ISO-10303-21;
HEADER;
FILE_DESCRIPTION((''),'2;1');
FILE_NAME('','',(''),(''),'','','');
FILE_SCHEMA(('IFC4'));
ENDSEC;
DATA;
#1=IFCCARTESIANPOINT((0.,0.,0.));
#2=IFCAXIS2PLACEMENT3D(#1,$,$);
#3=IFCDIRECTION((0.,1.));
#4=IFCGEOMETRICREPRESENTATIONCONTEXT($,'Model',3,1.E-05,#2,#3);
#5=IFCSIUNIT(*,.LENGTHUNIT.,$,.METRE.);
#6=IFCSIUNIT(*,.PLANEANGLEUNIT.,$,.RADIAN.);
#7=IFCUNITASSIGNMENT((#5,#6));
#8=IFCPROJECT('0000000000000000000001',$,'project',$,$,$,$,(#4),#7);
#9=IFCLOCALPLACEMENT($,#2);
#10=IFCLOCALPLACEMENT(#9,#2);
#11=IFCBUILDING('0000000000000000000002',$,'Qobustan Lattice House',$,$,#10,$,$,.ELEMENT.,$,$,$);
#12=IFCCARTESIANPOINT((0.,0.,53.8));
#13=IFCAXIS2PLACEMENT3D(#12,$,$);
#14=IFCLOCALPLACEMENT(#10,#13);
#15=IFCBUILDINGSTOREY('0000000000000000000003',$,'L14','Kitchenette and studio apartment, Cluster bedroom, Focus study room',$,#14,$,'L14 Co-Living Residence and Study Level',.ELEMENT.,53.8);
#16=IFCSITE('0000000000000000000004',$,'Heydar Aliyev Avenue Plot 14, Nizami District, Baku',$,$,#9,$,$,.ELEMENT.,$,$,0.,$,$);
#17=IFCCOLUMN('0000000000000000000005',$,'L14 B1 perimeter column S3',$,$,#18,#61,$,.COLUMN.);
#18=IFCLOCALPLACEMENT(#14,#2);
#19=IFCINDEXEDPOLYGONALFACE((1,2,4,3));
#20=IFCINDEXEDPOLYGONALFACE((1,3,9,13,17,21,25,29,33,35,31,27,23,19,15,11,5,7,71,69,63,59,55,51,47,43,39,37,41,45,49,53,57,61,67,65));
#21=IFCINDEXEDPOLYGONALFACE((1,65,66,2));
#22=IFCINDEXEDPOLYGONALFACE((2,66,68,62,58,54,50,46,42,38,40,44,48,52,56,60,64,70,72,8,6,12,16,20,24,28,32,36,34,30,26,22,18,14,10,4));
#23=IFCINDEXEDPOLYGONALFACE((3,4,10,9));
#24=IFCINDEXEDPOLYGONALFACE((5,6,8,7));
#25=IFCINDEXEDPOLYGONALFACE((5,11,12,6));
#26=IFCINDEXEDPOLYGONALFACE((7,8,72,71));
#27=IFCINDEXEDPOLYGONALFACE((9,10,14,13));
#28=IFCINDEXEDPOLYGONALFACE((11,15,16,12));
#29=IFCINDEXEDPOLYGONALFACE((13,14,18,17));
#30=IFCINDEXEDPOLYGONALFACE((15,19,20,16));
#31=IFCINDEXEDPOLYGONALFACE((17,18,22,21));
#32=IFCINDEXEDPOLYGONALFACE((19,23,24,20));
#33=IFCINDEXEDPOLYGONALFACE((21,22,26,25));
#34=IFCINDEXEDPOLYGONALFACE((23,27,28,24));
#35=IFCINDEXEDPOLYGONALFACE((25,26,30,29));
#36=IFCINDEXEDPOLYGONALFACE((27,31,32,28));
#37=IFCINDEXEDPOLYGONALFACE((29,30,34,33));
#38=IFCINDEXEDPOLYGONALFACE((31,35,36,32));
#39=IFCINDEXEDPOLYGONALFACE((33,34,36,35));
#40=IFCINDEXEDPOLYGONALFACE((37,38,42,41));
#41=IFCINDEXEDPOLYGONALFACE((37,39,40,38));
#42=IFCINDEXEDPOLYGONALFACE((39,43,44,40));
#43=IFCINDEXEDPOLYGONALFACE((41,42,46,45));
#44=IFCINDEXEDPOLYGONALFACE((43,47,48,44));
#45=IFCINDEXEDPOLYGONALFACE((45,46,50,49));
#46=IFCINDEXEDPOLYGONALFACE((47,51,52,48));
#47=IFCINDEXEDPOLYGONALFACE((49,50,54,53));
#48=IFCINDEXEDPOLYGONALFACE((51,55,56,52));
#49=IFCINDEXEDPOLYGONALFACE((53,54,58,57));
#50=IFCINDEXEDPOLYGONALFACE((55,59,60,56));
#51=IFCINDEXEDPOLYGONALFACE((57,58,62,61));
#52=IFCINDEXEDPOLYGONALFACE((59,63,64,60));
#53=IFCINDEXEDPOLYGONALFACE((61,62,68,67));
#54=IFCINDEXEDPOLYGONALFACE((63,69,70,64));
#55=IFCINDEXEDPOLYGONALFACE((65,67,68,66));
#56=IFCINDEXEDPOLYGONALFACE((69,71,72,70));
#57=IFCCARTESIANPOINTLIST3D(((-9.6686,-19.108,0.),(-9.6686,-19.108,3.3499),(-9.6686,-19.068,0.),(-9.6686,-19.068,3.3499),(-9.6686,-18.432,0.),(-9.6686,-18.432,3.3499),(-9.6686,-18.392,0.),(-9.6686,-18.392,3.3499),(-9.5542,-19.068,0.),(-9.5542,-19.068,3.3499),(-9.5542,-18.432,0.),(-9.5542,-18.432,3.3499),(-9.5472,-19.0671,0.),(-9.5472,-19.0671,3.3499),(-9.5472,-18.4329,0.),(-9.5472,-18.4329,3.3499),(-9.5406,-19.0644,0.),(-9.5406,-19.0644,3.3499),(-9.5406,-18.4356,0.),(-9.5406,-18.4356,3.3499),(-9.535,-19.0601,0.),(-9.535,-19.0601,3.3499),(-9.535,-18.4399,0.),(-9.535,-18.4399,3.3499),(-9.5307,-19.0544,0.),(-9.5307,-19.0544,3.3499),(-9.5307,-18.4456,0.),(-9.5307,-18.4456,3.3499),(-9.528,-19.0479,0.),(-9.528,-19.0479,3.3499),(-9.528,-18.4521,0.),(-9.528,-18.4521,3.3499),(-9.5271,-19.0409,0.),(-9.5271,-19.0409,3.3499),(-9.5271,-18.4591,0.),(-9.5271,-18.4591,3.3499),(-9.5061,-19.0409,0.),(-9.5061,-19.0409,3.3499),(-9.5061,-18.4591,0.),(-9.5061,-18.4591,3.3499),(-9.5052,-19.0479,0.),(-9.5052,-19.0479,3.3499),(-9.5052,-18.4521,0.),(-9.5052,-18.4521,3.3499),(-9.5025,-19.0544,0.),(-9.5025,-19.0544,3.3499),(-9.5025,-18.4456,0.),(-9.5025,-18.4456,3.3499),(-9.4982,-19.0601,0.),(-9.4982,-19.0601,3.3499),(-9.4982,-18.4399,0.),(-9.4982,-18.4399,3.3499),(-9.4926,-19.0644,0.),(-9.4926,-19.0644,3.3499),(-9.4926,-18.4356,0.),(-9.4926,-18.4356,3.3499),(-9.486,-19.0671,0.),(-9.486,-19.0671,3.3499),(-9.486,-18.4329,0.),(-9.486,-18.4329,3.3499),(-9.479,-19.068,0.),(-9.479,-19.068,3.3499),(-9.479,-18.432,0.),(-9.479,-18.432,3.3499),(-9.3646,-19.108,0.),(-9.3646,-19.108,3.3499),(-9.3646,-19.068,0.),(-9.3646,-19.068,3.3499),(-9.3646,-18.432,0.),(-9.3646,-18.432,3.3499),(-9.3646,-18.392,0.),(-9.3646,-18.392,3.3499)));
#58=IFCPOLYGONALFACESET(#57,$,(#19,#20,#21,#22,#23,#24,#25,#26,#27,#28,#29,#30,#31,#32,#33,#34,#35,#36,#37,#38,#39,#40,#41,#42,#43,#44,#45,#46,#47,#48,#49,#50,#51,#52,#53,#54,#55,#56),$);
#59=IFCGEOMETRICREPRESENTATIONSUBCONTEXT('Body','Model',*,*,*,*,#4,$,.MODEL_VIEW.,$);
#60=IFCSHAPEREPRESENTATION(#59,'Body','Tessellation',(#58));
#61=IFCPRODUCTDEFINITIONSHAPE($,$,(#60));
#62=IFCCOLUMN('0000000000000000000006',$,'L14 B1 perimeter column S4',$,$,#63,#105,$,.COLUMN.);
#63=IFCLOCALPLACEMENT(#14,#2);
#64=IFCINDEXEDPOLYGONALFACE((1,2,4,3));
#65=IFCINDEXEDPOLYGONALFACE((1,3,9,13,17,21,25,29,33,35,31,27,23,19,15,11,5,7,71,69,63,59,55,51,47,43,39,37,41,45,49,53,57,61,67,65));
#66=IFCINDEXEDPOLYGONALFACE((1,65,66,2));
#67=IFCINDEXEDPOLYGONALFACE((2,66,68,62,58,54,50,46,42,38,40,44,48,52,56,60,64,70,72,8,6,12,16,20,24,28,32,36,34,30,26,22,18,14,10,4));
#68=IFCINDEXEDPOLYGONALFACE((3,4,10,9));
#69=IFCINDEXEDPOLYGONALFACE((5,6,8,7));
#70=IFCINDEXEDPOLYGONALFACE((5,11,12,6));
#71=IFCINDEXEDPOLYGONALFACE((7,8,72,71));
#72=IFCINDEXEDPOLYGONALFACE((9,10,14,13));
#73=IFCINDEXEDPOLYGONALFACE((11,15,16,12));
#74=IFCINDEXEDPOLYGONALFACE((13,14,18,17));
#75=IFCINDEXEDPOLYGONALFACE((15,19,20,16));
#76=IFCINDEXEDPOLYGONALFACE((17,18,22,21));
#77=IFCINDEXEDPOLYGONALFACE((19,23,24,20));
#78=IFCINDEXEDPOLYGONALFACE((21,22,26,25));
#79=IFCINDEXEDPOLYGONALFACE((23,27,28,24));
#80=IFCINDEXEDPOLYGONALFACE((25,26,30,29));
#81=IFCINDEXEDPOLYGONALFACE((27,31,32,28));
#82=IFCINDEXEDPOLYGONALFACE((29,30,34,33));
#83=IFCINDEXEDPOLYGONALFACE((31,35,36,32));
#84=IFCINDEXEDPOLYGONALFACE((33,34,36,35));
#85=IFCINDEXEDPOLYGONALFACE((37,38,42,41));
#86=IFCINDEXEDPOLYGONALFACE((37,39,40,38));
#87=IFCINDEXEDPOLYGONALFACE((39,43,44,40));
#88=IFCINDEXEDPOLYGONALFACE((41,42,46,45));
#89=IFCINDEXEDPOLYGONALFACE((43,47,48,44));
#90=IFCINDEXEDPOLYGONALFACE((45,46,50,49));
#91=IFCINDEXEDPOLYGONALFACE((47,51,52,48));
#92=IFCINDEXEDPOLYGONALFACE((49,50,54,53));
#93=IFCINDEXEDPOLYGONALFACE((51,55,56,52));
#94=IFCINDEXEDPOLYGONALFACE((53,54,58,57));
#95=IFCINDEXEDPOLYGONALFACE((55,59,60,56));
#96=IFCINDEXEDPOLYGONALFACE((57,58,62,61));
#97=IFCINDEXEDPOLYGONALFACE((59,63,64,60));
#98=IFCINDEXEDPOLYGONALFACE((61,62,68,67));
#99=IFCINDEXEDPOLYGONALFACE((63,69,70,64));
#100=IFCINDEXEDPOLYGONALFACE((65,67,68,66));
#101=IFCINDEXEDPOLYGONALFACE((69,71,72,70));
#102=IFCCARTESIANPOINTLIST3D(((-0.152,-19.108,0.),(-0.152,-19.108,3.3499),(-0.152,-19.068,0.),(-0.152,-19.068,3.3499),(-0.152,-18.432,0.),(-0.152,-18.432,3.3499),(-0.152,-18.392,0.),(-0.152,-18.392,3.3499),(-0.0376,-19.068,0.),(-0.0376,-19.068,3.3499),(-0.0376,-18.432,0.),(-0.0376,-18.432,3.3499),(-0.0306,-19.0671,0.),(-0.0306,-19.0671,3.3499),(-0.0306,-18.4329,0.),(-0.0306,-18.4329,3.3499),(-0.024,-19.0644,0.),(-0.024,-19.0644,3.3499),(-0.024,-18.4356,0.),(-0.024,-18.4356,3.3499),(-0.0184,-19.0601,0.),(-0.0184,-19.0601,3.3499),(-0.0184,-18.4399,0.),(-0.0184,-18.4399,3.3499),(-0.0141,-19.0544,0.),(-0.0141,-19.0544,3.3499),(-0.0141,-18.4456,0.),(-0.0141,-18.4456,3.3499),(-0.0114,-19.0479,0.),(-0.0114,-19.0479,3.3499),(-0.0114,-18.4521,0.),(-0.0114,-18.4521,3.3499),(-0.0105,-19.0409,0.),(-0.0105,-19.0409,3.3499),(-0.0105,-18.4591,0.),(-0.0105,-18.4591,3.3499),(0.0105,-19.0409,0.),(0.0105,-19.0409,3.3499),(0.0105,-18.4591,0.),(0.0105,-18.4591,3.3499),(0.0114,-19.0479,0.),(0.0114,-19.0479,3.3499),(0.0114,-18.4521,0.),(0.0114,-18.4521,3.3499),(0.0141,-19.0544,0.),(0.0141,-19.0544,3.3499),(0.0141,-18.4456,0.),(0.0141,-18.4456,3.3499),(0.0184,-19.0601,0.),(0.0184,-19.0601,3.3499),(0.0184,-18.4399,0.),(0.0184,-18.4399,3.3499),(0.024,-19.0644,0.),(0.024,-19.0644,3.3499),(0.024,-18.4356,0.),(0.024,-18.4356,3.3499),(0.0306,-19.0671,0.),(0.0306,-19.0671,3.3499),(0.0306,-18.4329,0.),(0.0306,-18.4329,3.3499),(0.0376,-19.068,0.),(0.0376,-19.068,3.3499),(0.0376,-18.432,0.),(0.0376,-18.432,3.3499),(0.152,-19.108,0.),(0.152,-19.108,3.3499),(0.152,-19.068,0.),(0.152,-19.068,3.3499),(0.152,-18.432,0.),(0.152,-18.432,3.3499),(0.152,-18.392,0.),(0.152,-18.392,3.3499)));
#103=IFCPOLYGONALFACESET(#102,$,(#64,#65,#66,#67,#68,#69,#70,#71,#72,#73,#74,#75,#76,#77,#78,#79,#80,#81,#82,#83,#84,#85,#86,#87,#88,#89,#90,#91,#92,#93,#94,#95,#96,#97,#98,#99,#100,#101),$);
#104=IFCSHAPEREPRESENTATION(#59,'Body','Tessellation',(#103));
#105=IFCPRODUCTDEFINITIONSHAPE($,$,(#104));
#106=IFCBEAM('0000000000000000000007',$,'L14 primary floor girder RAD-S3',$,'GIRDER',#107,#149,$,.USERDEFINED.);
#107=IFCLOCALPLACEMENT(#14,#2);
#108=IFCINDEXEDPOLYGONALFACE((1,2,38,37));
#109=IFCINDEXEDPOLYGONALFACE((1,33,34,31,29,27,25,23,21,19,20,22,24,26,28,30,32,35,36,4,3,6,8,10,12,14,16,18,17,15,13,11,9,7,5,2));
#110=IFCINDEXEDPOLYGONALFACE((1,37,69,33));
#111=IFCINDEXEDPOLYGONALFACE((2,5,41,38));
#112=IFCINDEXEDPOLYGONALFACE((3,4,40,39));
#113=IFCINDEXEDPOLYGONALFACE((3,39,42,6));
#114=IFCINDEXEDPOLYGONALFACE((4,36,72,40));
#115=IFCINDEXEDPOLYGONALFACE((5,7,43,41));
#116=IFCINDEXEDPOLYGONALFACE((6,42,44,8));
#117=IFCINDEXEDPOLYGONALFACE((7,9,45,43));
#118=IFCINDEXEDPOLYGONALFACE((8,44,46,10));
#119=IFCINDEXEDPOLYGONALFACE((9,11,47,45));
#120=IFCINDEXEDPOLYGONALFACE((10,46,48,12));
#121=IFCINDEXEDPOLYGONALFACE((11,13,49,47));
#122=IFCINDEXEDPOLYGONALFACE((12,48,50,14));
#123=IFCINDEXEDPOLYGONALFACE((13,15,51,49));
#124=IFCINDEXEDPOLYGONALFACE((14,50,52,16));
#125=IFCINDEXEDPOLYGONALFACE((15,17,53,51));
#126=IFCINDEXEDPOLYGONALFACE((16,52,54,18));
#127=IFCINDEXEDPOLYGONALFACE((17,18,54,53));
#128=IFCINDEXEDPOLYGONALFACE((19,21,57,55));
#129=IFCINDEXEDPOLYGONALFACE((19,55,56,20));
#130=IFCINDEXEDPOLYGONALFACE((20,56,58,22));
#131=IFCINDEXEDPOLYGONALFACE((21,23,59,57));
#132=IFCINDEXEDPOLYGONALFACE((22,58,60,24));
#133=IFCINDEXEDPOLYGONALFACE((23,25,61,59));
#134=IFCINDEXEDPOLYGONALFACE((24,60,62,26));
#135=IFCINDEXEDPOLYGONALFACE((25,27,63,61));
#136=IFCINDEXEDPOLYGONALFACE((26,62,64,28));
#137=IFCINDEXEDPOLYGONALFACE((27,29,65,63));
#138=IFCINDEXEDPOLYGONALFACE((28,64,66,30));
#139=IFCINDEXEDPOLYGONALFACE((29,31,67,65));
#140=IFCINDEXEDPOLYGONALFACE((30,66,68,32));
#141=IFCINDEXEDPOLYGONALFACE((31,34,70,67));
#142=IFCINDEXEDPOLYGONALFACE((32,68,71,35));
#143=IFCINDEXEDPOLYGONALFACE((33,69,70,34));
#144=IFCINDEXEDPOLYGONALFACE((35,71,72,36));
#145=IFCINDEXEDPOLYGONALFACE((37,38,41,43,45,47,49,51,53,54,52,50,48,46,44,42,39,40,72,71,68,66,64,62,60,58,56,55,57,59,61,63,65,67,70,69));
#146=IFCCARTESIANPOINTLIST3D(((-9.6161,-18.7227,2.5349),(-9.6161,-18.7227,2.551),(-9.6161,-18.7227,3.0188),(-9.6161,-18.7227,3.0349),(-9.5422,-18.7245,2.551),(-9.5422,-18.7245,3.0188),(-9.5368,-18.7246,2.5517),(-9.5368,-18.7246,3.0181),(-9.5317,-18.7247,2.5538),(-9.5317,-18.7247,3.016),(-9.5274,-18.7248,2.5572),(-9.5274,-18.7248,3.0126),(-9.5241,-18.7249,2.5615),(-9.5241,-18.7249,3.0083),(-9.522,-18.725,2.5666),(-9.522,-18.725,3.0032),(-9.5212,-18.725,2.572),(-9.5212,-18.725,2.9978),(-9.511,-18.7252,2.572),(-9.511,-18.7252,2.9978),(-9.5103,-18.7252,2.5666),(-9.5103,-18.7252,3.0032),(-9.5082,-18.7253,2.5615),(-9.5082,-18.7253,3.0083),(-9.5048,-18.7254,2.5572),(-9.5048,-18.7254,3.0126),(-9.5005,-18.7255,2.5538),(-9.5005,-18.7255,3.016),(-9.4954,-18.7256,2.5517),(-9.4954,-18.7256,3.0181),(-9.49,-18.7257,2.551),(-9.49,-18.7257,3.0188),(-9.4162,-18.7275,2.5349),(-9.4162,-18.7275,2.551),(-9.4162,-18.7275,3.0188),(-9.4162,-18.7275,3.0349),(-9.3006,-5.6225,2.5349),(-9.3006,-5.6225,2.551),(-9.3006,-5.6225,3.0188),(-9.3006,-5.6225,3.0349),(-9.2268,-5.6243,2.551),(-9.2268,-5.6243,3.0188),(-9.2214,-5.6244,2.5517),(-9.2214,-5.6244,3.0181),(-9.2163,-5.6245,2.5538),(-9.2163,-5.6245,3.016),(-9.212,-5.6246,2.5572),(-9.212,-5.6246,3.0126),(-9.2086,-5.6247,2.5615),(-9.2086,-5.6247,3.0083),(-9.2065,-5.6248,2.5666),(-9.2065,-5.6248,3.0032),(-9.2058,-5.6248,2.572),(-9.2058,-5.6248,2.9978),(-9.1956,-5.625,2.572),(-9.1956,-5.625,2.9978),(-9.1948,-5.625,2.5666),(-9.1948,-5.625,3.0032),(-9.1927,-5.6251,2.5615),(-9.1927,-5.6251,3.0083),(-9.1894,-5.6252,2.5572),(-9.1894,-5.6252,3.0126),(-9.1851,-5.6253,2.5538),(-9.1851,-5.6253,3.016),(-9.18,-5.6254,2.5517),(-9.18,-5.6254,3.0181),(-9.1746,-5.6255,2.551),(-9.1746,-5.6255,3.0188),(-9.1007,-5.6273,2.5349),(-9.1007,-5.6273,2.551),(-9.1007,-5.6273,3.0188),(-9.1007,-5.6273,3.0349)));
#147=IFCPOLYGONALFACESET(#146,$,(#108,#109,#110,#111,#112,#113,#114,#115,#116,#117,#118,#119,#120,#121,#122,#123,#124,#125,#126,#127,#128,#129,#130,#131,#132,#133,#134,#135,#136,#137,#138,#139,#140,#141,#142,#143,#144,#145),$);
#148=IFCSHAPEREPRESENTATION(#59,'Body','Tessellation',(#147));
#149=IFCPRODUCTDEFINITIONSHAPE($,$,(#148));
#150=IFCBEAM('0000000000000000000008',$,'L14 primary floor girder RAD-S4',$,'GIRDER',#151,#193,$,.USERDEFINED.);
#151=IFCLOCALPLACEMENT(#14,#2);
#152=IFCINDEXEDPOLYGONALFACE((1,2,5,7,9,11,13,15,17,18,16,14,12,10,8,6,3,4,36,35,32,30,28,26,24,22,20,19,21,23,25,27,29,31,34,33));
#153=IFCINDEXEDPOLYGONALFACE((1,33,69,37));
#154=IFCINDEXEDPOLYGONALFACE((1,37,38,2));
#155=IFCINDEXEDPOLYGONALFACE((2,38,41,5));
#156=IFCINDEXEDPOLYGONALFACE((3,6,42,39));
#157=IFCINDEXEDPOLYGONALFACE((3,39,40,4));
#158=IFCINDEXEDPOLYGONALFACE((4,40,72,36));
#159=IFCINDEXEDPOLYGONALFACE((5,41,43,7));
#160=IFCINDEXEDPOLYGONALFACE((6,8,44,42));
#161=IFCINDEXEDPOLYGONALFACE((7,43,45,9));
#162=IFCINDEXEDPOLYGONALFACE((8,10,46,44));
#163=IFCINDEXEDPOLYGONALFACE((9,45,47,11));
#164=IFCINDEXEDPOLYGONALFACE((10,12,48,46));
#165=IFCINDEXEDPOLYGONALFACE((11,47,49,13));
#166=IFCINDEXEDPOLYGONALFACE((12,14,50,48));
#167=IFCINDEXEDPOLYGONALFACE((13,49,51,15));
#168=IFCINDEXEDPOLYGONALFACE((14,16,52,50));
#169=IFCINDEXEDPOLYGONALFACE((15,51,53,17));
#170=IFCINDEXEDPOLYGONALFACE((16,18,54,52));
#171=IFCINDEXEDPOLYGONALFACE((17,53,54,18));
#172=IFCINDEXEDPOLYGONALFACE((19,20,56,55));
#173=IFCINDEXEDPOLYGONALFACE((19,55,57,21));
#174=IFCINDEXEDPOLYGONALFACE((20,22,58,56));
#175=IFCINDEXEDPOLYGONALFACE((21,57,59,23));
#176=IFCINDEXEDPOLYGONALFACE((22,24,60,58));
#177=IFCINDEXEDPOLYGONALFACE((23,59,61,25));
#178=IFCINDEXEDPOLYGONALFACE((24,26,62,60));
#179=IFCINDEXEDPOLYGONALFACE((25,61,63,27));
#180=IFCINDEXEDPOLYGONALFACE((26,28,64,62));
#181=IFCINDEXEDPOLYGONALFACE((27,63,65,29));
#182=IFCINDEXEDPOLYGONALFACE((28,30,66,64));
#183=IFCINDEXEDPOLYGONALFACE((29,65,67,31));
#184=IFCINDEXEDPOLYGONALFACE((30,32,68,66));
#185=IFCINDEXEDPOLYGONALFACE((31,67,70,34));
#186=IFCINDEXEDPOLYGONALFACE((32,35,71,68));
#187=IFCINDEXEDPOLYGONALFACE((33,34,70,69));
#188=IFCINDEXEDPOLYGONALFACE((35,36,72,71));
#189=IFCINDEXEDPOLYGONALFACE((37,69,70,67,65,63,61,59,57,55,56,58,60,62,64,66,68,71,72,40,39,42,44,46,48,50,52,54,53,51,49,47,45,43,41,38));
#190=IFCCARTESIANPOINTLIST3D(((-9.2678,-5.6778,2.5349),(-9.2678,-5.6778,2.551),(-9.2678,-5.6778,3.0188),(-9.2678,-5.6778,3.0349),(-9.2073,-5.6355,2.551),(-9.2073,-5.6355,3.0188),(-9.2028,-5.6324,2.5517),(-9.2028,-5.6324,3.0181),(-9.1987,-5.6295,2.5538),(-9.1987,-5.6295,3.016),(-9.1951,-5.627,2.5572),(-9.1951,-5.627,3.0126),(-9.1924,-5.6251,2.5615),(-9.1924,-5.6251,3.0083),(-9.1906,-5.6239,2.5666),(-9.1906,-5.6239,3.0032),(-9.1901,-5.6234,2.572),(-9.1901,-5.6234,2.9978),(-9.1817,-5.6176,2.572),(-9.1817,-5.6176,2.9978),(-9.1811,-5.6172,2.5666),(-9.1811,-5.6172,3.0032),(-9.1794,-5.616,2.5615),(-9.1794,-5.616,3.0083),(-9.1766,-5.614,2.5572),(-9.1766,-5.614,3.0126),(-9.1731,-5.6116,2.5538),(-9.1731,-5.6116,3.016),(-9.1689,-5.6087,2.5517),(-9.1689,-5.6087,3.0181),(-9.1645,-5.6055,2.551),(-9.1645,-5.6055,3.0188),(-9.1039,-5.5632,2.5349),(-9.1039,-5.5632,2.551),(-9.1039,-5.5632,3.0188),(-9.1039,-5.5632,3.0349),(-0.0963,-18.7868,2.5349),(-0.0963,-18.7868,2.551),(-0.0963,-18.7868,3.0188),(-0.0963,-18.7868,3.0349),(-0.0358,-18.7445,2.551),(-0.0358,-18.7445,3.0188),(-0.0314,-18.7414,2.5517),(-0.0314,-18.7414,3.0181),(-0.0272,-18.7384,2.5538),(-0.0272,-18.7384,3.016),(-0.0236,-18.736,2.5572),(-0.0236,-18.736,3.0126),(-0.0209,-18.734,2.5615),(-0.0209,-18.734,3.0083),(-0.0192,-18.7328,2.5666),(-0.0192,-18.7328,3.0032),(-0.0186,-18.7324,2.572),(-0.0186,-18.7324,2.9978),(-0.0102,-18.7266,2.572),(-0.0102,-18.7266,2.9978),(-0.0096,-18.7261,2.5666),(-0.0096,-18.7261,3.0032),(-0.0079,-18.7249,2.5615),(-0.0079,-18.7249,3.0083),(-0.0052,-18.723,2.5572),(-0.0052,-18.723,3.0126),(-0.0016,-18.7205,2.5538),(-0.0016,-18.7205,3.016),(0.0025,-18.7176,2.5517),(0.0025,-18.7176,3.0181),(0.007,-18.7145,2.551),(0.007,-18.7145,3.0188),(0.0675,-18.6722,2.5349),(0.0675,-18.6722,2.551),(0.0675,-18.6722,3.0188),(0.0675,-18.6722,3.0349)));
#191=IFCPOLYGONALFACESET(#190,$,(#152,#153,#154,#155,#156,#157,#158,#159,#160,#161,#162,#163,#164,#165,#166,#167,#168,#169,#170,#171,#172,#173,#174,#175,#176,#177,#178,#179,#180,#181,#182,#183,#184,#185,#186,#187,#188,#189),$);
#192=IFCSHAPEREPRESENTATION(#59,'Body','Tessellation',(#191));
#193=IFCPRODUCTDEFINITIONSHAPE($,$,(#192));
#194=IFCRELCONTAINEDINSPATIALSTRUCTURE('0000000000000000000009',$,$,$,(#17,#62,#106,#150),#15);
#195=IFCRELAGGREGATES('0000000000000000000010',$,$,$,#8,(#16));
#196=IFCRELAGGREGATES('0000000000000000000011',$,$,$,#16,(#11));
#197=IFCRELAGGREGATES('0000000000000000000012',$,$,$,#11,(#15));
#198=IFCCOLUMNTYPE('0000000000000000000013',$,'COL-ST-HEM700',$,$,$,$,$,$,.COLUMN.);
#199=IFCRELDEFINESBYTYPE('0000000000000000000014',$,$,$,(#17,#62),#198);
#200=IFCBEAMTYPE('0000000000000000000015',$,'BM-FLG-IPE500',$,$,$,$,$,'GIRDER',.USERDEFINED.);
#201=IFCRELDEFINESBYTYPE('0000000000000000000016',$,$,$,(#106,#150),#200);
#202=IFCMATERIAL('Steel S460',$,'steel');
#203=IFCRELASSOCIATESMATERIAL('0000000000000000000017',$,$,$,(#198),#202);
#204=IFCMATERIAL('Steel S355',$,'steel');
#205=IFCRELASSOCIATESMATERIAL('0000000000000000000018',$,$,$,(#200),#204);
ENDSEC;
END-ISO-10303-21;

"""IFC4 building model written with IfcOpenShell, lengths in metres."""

from ifc_helpers import new_model, si_unit, direction, frame, origin, origin_2d, place, context, subcontext, project, spatial, i_section, extrude, material, material_profile, profile_set, type_object, element, save


model = new_model("IFC4")

# Units and contexts
model_context = context("Model", 3, precision=1e-05, world=origin(), true_north=direction((0.0, 1.0)))
body_context = subcontext(model_context, "Body", "Model", "MODEL_VIEW")
ifc_project = project(units=[si_unit("LENGTHUNIT", "METRE"), si_unit("PLANEANGLEUNIT", "RADIAN")], contexts=[model_context])

# Site, building, storey
site_placement = place(None, origin())
site = spatial("IfcSite", under=ifc_project, at=site_placement, Name="Heydar Aliyev Avenue Plot 14, Nizami District, Baku", CompositionType="ELEMENT", RefElevation=0.0)
building_placement = place(site_placement, origin())
building = spatial("IfcBuilding", under=site, at=building_placement, Name="Qobustan Lattice House", CompositionType="ELEMENT")
storey_placement = place(building_placement, frame((0.0, 0.0, 53.8)))
storey = spatial("IfcBuildingStorey", under=building, at=storey_placement, Name="L14", Description="Kitchenette and studio apartment, Cluster bedroom, Focus study room", LongName="L14 Co-Living Residence and Study Level", CompositionType="ELEMENT", Elevation=53.8)

# Columns
ifc_material_1 = material(Name="Steel S460", Category="steel")
ifc_material_profile_1 = material_profile(ifc_material_1, i_section(OverallWidth=0.304, OverallDepth=0.7161, WebThickness=0.021, FlangeThickness=0.04, FilletRadius=0.0271, at=origin_2d()), Name="HEM700")
ifc_profile_set_1 = profile_set([ifc_material_profile_1], Name="Steel S460")
column_type = type_object("IfcColumnType", Name="COL-ST-HEM700", PredefinedType="COLUMN", material=ifc_profile_set_1)
for number, where, z_axis, x_axis, name in (
    (1, (-9.5166, -18.75, 0.0), (0.0, 0.0, 1.0), (1.0, 0.0, 0.0), "L14 B1 perimeter column S3"),
    (2, (0.0, -18.75, 0.0), (0.0, 0.0, 1.0), (1.0, 0.0, 0.0), "L14 B1 perimeter column S4"),
):
    element("IfcColumn", number, at=place(storey_placement, frame(where, z_axis=z_axis, x_axis=x_axis)), inside=storey, type_object=column_type, Name=name, PredefinedType="COLUMN", context=body_context, shape_type="SweptSolid", body=[
        extrude(i_section(OverallWidth=0.304, OverallDepth=0.7161, WebThickness=0.021, FlangeThickness=0.04, FilletRadius=0.0271, at=origin_2d()), origin(), (0.0, 0.0, 1.0), 3.3499),
    ])

# Beams
ifc_material_2 = material(Name="Steel S355", Category="steel")
ifc_material_profile_2 = material_profile(ifc_material_2, i_section(OverallWidth=0.2, OverallDepth=0.5, WebThickness=0.0103, FlangeThickness=0.0161, FilletRadius=0.021, at=origin_2d()), Name="IPE500")
ifc_profile_set_2 = profile_set([ifc_material_profile_2], Name="Steel S355")
beam_type_1 = type_object("IfcBeamType", Name="BM-FLG-IPE500", ElementType="GIRDER", PredefinedType="USERDEFINED", material=ifc_profile_set_2)
beam_1_placement = place(storey_placement, frame((-9.5161, -18.7251, 2.7849), z_axis=(0.024071, 0.99971, 0.0), x_axis=(-0.99971, 0.024071, 0.0)))
element("IfcBeam", 3, at=beam_1_placement, inside=storey, type_object=beam_type_1, Name="L14 primary floor girder RAD-S3", ObjectType="GIRDER", PredefinedType="USERDEFINED", context=body_context, shape_type="SweptSolid", body=[
    extrude(i_section(OverallWidth=0.2, OverallDepth=0.5, WebThickness=0.0103, FlangeThickness=0.0161, FilletRadius=0.021, at=origin_2d()), origin(), (0.0, 0.0, 1.0), 13.104),
])
beam_2_placement = place(storey_placement, frame((-0.0144, -18.7295, 2.7849), z_axis=(-0.57326, 0.819374, 0.0), x_axis=(-0.819374, -0.57326, 0.0)))
element("IfcBeam", 4, at=beam_2_placement, inside=storey, type_object=beam_type_1, Name="L14 primary floor girder RAD-S4", ObjectType="GIRDER", PredefinedType="USERDEFINED", context=body_context, shape_type="SweptSolid", body=[
    extrude(i_section(OverallWidth=0.2, OverallDepth=0.5, WebThickness=0.0103, FlangeThickness=0.0161, FilletRadius=0.021, at=origin_2d()), origin(), (0.0, 0.0, 1.0), 15.9988),
])

save(model, "model.ifc")
